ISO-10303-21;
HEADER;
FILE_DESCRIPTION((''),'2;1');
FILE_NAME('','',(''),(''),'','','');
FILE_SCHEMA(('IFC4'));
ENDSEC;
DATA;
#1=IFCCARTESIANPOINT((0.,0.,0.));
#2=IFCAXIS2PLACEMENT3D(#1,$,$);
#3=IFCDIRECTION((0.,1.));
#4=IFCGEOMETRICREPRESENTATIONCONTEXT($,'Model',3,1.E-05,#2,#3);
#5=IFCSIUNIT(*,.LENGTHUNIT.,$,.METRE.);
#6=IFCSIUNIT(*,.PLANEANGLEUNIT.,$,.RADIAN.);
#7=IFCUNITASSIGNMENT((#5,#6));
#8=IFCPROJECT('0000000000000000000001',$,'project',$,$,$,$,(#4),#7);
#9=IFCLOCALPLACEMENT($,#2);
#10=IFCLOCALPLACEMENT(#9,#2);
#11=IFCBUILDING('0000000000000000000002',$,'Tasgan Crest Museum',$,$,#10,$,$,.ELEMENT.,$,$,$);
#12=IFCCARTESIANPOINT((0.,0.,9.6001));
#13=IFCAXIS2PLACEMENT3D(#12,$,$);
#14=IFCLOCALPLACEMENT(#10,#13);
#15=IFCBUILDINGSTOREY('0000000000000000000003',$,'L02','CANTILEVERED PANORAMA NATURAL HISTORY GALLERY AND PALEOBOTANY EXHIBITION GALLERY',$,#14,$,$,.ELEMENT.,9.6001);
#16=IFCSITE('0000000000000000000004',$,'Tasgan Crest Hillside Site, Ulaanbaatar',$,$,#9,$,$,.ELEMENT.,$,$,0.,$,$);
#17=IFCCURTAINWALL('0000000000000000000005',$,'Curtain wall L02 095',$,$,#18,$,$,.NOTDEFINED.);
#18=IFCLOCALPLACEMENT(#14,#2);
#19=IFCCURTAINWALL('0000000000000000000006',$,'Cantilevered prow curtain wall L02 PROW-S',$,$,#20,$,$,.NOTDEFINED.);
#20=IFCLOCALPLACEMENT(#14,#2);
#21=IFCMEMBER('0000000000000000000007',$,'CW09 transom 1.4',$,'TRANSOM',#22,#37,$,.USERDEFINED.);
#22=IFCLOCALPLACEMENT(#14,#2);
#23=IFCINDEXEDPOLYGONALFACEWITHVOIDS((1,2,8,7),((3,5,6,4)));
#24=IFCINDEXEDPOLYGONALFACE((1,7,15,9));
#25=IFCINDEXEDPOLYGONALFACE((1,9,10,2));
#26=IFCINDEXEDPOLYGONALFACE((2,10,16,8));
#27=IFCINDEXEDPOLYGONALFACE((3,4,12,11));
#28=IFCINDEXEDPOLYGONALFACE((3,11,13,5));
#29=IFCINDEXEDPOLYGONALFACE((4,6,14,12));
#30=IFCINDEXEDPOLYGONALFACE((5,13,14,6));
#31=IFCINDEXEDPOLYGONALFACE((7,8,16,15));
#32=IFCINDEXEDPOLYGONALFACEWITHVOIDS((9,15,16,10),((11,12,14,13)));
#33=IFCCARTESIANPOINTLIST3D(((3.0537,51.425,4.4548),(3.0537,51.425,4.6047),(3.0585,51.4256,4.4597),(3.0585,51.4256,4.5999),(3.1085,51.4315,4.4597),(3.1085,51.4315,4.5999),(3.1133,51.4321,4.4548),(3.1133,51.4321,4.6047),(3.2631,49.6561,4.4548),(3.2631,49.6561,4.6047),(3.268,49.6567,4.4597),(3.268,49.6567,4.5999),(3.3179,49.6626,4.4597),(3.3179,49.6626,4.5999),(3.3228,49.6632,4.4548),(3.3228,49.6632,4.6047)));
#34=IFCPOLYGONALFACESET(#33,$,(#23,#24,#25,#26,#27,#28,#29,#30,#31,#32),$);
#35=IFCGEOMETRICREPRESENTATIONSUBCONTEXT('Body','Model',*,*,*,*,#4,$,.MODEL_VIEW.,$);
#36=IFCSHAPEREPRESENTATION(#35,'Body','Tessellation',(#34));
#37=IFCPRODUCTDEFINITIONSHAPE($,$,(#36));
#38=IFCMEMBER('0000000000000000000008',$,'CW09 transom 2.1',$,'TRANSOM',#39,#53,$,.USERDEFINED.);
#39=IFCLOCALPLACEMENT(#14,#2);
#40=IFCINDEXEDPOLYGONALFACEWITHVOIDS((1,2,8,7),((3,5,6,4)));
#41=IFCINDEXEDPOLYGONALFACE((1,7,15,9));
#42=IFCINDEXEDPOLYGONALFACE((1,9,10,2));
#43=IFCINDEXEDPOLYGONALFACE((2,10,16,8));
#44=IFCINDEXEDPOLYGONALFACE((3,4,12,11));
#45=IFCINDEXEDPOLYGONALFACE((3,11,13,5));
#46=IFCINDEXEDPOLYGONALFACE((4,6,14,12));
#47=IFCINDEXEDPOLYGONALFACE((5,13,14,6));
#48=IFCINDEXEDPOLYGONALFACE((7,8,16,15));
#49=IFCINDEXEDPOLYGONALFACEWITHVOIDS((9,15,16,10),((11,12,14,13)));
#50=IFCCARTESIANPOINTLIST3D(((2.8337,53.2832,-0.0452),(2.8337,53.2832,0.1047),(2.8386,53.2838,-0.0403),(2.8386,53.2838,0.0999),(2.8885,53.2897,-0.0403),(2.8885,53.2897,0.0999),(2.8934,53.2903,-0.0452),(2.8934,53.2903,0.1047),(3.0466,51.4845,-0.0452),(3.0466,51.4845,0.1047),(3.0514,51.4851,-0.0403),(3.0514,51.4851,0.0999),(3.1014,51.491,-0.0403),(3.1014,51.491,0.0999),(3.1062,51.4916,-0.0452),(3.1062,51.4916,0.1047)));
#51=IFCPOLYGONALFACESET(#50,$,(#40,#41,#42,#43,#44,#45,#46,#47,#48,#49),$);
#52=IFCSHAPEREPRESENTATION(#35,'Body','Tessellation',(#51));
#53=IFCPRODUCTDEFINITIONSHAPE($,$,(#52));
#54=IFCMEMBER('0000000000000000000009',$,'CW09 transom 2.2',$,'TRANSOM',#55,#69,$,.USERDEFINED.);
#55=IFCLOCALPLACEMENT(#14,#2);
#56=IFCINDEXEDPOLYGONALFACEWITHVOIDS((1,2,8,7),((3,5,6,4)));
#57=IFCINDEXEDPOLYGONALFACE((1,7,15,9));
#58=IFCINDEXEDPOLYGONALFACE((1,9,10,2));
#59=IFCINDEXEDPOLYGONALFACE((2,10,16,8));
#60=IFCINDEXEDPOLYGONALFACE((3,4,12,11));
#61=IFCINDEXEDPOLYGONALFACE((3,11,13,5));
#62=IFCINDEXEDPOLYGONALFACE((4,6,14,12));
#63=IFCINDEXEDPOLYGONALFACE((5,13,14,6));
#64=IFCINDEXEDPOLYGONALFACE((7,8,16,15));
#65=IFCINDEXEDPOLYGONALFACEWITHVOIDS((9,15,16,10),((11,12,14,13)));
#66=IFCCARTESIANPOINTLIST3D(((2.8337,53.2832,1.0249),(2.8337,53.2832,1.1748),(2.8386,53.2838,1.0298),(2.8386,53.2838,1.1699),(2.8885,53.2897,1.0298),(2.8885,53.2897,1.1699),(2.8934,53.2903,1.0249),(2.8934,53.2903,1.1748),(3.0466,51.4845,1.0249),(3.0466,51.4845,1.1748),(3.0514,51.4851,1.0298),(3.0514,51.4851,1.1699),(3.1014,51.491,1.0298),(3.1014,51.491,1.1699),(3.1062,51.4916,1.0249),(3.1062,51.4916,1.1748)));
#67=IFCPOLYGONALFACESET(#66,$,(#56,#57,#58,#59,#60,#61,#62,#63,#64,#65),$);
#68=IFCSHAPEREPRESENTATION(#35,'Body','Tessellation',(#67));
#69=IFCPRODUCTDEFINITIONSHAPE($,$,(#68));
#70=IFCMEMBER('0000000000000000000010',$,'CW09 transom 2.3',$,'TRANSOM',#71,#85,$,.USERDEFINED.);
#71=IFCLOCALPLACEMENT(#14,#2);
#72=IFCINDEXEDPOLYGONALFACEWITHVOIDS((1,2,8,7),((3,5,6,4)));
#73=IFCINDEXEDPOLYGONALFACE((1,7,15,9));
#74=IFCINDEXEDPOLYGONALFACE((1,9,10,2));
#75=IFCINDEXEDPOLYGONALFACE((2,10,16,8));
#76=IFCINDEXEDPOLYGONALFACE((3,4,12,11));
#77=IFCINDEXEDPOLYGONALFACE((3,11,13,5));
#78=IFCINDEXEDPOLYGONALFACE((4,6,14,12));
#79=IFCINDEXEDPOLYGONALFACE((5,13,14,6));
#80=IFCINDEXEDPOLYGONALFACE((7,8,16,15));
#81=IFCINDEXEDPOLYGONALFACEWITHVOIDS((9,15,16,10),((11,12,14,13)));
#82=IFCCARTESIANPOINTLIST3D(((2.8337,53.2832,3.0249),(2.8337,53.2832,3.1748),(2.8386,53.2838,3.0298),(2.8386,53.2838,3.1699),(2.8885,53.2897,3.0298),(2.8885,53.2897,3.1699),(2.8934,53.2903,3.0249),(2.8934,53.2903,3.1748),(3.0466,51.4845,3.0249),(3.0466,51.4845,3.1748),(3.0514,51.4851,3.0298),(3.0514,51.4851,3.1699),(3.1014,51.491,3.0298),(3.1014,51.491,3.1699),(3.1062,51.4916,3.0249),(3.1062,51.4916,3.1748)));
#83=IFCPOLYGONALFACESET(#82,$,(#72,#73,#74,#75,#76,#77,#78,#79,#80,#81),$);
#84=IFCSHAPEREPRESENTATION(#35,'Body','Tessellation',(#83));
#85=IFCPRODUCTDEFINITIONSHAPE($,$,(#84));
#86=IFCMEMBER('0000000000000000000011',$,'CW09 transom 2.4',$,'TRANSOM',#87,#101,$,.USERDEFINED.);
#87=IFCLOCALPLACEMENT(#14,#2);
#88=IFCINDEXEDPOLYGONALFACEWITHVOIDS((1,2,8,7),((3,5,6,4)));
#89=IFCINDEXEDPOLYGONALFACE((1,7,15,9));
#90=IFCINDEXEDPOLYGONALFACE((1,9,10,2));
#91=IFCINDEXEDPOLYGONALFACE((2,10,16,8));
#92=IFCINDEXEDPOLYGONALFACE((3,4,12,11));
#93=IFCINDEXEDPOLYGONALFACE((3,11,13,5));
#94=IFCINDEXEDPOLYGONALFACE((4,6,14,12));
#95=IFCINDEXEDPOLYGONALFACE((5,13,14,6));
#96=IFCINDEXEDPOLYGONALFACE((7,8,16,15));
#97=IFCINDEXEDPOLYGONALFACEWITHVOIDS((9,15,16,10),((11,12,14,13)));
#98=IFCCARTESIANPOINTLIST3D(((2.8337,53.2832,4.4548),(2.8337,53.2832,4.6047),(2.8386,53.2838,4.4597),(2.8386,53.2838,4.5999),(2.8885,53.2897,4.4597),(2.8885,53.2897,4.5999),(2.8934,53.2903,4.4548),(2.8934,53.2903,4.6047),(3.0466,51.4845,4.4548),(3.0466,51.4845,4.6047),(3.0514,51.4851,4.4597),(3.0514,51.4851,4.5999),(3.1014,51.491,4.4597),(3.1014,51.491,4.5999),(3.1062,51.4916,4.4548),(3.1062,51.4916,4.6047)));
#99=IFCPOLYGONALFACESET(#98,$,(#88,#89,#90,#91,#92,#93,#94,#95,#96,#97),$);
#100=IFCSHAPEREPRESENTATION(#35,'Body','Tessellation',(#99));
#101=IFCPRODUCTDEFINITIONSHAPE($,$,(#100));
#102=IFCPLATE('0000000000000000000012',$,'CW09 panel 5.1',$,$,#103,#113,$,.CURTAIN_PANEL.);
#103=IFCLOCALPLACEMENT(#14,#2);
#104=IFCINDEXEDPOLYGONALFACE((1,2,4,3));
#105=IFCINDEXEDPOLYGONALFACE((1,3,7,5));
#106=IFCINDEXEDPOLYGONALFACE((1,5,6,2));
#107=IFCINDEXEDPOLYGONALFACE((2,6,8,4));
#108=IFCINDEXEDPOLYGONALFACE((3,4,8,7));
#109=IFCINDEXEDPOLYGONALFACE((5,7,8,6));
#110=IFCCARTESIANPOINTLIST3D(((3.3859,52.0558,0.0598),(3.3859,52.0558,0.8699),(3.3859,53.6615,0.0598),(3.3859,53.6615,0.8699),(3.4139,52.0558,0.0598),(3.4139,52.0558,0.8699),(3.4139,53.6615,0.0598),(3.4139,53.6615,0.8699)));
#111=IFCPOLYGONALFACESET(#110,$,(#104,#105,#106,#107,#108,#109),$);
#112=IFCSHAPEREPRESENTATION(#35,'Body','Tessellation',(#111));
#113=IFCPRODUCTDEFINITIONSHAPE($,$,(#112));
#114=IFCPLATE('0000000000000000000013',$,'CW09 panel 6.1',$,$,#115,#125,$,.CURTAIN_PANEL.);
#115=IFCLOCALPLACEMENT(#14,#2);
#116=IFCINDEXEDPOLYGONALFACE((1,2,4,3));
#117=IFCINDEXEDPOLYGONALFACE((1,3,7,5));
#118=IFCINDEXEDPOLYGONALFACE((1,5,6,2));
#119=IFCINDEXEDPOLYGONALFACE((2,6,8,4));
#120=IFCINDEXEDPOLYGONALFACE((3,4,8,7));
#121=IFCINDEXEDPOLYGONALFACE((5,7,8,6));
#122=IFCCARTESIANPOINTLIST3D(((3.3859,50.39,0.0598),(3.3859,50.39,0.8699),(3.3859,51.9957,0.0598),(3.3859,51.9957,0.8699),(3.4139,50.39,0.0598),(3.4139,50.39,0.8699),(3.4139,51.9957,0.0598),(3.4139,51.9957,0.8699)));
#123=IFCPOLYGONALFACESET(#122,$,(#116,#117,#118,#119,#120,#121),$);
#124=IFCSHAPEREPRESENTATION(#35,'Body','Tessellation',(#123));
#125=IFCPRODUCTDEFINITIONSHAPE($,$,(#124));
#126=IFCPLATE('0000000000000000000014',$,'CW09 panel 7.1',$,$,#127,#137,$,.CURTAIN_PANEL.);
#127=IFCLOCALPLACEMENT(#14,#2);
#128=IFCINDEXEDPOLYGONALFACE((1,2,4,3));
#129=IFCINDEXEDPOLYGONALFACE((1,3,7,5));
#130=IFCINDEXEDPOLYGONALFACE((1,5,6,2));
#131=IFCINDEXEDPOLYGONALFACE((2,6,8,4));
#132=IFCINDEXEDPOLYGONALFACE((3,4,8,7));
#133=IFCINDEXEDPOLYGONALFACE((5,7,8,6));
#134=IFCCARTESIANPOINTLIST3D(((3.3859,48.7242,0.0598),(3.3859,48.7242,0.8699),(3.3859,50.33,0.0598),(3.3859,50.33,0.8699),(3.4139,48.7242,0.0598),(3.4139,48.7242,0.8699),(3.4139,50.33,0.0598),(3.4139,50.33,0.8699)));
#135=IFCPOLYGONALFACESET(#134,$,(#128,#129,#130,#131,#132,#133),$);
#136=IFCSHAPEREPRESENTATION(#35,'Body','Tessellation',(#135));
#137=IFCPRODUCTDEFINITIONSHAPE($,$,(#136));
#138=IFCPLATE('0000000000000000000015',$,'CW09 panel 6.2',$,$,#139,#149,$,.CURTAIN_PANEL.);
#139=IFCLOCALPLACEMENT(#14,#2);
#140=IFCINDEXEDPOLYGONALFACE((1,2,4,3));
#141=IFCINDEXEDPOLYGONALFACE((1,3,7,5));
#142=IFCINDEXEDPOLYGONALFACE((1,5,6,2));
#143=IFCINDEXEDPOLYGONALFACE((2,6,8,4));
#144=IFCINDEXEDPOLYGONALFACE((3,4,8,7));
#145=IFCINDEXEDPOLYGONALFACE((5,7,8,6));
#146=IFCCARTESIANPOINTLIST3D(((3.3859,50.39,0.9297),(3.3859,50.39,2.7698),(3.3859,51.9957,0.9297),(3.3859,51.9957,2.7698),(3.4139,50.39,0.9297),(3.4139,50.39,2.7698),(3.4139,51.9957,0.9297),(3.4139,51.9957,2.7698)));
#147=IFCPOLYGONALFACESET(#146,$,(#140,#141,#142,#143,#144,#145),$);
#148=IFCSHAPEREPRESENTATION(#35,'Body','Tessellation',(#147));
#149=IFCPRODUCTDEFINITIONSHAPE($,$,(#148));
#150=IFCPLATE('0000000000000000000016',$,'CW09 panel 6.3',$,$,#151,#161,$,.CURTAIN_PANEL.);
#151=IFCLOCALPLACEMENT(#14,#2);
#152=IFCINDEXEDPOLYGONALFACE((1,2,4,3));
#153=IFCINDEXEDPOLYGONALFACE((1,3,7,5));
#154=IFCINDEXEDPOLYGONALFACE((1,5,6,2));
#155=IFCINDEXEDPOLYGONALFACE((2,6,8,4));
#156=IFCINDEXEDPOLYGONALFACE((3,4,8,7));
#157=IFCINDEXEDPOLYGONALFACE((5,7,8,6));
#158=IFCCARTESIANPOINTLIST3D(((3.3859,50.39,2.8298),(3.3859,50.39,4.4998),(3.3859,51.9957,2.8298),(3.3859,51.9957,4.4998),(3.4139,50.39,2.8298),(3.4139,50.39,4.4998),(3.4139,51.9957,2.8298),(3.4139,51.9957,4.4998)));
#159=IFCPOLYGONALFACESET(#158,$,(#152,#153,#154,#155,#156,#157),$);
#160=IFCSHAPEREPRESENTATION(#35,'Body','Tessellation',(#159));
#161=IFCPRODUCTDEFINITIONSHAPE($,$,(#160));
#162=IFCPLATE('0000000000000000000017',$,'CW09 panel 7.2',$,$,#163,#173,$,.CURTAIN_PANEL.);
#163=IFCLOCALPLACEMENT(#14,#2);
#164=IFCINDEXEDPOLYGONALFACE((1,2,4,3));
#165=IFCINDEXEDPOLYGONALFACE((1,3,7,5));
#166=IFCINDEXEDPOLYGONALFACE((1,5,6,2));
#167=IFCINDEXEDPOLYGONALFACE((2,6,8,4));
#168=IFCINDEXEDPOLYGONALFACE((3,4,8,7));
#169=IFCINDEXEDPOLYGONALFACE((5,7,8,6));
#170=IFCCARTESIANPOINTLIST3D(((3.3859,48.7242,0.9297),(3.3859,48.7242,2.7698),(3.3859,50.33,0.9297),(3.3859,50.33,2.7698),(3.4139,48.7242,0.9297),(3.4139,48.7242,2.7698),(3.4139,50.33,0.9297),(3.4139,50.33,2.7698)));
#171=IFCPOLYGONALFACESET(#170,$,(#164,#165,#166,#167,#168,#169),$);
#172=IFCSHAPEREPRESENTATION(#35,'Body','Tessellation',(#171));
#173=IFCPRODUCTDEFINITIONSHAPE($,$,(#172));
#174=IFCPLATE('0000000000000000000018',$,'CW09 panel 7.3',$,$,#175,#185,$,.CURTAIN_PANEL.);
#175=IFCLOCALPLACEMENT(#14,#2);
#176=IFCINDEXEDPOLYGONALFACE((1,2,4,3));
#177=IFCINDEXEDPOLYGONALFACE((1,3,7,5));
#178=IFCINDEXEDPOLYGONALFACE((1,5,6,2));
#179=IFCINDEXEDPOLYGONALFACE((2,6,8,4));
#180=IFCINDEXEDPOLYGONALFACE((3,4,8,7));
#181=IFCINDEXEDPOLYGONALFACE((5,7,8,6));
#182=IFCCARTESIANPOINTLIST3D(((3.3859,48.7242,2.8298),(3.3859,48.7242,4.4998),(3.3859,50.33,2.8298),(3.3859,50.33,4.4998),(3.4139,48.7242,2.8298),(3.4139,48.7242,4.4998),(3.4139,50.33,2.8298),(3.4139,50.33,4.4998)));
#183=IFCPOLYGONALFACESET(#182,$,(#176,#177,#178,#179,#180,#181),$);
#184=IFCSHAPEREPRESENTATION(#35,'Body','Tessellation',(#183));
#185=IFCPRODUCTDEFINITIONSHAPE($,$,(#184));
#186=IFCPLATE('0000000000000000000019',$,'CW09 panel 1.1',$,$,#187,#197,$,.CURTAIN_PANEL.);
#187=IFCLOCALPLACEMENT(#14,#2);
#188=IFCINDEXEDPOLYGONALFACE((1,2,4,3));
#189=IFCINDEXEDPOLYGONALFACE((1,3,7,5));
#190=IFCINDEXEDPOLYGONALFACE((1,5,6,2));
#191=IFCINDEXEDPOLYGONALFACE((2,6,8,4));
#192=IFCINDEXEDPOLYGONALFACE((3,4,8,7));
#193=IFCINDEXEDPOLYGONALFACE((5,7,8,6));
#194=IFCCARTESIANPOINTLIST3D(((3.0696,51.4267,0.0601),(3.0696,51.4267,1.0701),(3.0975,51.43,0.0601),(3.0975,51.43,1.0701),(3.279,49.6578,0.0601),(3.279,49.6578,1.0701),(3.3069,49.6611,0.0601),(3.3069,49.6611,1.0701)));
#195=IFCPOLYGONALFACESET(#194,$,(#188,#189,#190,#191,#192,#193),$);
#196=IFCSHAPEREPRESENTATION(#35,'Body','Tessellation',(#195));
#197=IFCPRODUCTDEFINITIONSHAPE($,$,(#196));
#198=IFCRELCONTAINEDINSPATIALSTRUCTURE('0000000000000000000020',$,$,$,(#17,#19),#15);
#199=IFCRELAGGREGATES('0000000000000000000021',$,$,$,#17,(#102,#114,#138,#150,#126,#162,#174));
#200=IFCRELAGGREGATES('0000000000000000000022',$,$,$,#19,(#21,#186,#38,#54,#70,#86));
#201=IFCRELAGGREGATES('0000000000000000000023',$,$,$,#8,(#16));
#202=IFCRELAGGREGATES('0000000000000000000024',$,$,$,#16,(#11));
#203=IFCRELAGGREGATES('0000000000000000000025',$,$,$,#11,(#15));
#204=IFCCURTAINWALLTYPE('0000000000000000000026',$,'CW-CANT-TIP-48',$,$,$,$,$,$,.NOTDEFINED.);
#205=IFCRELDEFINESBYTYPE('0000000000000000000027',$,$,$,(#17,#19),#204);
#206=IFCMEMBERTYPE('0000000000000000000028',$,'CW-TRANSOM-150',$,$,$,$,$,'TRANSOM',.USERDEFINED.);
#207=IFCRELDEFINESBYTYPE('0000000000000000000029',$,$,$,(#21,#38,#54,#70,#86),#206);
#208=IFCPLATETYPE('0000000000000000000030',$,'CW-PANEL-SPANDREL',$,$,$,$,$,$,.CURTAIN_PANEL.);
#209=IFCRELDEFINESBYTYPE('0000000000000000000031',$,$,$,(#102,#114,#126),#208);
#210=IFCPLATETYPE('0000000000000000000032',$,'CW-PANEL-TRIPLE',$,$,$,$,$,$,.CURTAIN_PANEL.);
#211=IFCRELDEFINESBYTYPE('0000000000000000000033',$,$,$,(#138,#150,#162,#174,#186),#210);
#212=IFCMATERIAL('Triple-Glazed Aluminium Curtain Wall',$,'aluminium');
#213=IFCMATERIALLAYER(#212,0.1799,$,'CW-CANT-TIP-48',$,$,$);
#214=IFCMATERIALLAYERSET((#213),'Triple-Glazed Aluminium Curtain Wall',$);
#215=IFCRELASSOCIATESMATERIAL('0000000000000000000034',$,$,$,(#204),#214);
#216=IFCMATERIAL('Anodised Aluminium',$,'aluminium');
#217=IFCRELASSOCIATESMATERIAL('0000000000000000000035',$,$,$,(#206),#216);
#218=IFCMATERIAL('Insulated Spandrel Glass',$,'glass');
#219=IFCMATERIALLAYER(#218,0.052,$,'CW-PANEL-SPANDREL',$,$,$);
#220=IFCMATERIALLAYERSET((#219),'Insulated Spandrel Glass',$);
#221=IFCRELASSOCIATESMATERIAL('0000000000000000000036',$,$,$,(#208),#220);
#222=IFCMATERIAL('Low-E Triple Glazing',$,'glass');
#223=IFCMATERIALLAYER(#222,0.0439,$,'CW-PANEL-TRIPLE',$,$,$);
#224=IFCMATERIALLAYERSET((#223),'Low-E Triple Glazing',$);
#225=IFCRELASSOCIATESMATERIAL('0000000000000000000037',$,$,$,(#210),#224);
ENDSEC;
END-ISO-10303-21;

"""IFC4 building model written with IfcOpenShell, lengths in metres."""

from ifc_helpers import new_model, si_unit, direction, frame, origin, origin_2d, place, context, subcontext, project, spatial, rectangle, hollow_rectangle, extrude, material, layer, layer_set, material_profile, profile_set, type_object, element, aggregate, save


model = new_model("IFC4")

# Units and contexts
model_context = context("Model", 3, precision=1e-05, world=origin(), true_north=direction((0.0, 1.0)))
body_context = subcontext(model_context, "Body", "Model", "MODEL_VIEW")
ifc_project = project(units=[si_unit("LENGTHUNIT", "METRE"), si_unit("PLANEANGLEUNIT", "RADIAN")], contexts=[model_context])

# Site, building, storey
site_placement = place(None, origin())
site = spatial("IfcSite", under=ifc_project, at=site_placement, Name="Tasgan Crest Hillside Site, Ulaanbaatar", CompositionType="ELEMENT", RefElevation=0.0)
building_placement = place(site_placement, origin())
building = spatial("IfcBuilding", under=site, at=building_placement, Name="Tasgan Crest Museum", CompositionType="ELEMENT")
storey_placement = place(building_placement, frame((0.0, 0.0, 9.6001)))
storey = spatial("IfcBuildingStorey", under=building, at=storey_placement, Name="L02", Description="CANTILEVERED PANORAMA NATURAL HISTORY GALLERY AND PALEOBOTANY EXHIBITION GALLERY", CompositionType="ELEMENT", Elevation=9.6001)

# Curtain walls
ifc_material_1 = material(Name="Triple-Glazed Aluminium Curtain Wall", Category="aluminium")
ifc_layer_1 = layer(ifc_material_1, 0.1799, Name="CW-CANT-TIP-48")
ifc_layer_set_1 = layer_set([ifc_layer_1], Name="Triple-Glazed Aluminium Curtain Wall")
curtain_wall_type = type_object("IfcCurtainWallType", Name="CW-CANT-TIP-48", PredefinedType="NOTDEFINED", material=ifc_layer_set_1)
curtain_wall_1_placement = place(storey_placement, origin())
curtain_wall_1 = element("IfcCurtainWall", 1, at=curtain_wall_1_placement, inside=storey, type_object=curtain_wall_type, Name="Curtain wall L02 095", PredefinedType="NOTDEFINED")
curtain_wall_2_placement = place(storey_placement, origin())
curtain_wall_2 = element("IfcCurtainWall", 2, at=curtain_wall_2_placement, inside=storey, type_object=curtain_wall_type, Name="Cantilevered prow curtain wall L02 PROW-S", PredefinedType="NOTDEFINED")

# Members
ifc_material_2 = material(Name="Anodised Aluminium", Category="aluminium")
ifc_material_profile_1 = material_profile(ifc_material_2, hollow_rectangle(XDim=0.0601, YDim=0.1499, WallThickness=0.0049, at=origin_2d()), Name="ALU TRANSOM 150x60x5")
ifc_profile_set_1 = profile_set([ifc_material_profile_1], Name="Anodised Aluminium")
member_type_1 = type_object("IfcMemberType", Name="CW-TRANSOM-150", ElementType="TRANSOM", PredefinedType="USERDEFINED", material=ifc_profile_set_1)
member_1_placement = place(storey_placement, frame((3.293, 49.6597, 4.5298), z_axis=(-0.117605, 0.99306, 0.0), x_axis=(-0.99306, -0.117605, 0.0)))
member_1 = element("IfcMember", 3, at=member_1_placement, type_object=member_type_1, Name="CW09 transom 1.4", ObjectType="TRANSOM", PredefinedType="USERDEFINED", context=body_context, shape_type="SweptSolid", body=[
    extrude(hollow_rectangle(XDim=0.0601, YDim=0.1499, WallThickness=0.0049, at=origin_2d()), origin(), (0.0, 0.0, 1.0), 1.7812),
])
member_2_placement = place(storey_placement, frame((3.0764, 51.488, 0.0298), z_axis=(-0.117529, 0.993069, 0.0), x_axis=(-0.993069, -0.117529, 0.0)))
member_2 = element("IfcMember", 4, at=member_2_placement, type_object=member_type_1, Name="CW09 transom 2.1", ObjectType="TRANSOM", PredefinedType="USERDEFINED", context=body_context, shape_type="SweptSolid", body=[
    extrude(hollow_rectangle(XDim=0.0601, YDim=0.1499, WallThickness=0.0049, at=origin_2d()), origin(), (0.0, 0.0, 1.0), 1.8113),
])
member_3_placement = place(storey_placement, frame((3.0764, 51.488, 1.0999), z_axis=(-0.117529, 0.993069, 0.0), x_axis=(-0.993069, -0.117529, 0.0)))
member_3 = element("IfcMember", 5, at=member_3_placement, type_object=member_type_1, Name="CW09 transom 2.2", ObjectType="TRANSOM", PredefinedType="USERDEFINED", context=body_context, shape_type="SweptSolid", body=[
    extrude(hollow_rectangle(XDim=0.0601, YDim=0.1499, WallThickness=0.0049, at=origin_2d()), origin(), (0.0, 0.0, 1.0), 1.8113),
])
member_4_placement = place(storey_placement, frame((3.0764, 51.488, 3.0999), z_axis=(-0.117529, 0.993069, 0.0), x_axis=(-0.993069, -0.117529, 0.0)))
member_4 = element("IfcMember", 6, at=member_4_placement, type_object=member_type_1, Name="CW09 transom 2.3", ObjectType="TRANSOM", PredefinedType="USERDEFINED", context=body_context, shape_type="SweptSolid", body=[
    extrude(hollow_rectangle(XDim=0.0601, YDim=0.1499, WallThickness=0.0049, at=origin_2d()), origin(), (0.0, 0.0, 1.0), 1.8113),
])
member_5_placement = place(storey_placement, frame((3.0764, 51.488, 4.5298), z_axis=(-0.117529, 0.993069, 0.0), x_axis=(-0.993069, -0.117529, 0.0)))
member_5 = element("IfcMember", 7, at=member_5_placement, type_object=member_type_1, Name="CW09 transom 2.4", ObjectType="TRANSOM", PredefinedType="USERDEFINED", context=body_context, shape_type="SweptSolid", body=[
    extrude(hollow_rectangle(XDim=0.0601, YDim=0.1499, WallThickness=0.0049, at=origin_2d()), origin(), (0.0, 0.0, 1.0), 1.8113),
])

# Plates
ifc_material_3 = material(Name="Insulated Spandrel Glass", Category="glass")
ifc_layer_2 = layer(ifc_material_3, 0.052, Name="CW-PANEL-SPANDREL")
ifc_layer_set_2 = layer_set([ifc_layer_2], Name="Insulated Spandrel Glass")
plate_type_1 = type_object("IfcPlateType", Name="CW-PANEL-SPANDREL", PredefinedType="CURTAIN_PANEL", material=ifc_layer_set_2)
plate_1_placement = place(storey_placement, frame((3.3999, 52.8586, 0.0598), z_axis=(0.0, 0.0, 1.0), x_axis=(0.0, -1.0, 0.0)))
plate_1 = element("IfcPlate", 8, at=plate_1_placement, type_object=plate_type_1, Name="CW09 panel 5.1", PredefinedType="CURTAIN_PANEL", context=body_context, shape_type="SweptSolid", body=[
    extrude(rectangle(XDim=1.6057, YDim=0.0281, at=origin_2d()), origin(), (0.0, 0.0, 1.0), 0.8101),
])
plate_2_placement = place(storey_placement, frame((3.3999, 51.1929, 0.0598), z_axis=(0.0, 0.0, 1.0), x_axis=(0.0, -1.0, 0.0)))
plate_2 = element("IfcPlate", 9, at=plate_2_placement, type_object=plate_type_1, Name="CW09 panel 6.1", PredefinedType="CURTAIN_PANEL", context=body_context, shape_type="SweptSolid", body=[
    extrude(rectangle(XDim=1.6057, YDim=0.0281, at=origin_2d()), origin(), (0.0, 0.0, 1.0), 0.8101),
])
plate_3_placement = place(storey_placement, frame((3.3999, 49.5271, 0.0598), z_axis=(0.0, 0.0, 1.0), x_axis=(0.0, -1.0, 0.0)))
plate_3 = element("IfcPlate", 10, at=plate_3_placement, type_object=plate_type_1, Name="CW09 panel 7.1", PredefinedType="CURTAIN_PANEL", context=body_context, shape_type="SweptSolid", body=[
    extrude(rectangle(XDim=1.6057, YDim=0.0281, at=origin_2d()), origin(), (0.0, 0.0, 1.0), 0.8101),
])
ifc_material_4 = material(Name="Low-E Triple Glazing", Category="glass")
ifc_layer_3 = layer(ifc_material_4, 0.0439, Name="CW-PANEL-TRIPLE")
ifc_layer_set_3 = layer_set([ifc_layer_3], Name="Low-E Triple Glazing")
plate_type_2 = type_object("IfcPlateType", Name="CW-PANEL-TRIPLE", PredefinedType="CURTAIN_PANEL", material=ifc_layer_set_3)
plate_4_placement = place(storey_placement, frame((3.3999, 51.1929, 0.9297), z_axis=(0.0, 0.0, 1.0), x_axis=(0.0, -1.0, 0.0)))
plate_4 = element("IfcPlate", 11, at=plate_4_placement, type_object=plate_type_2, Name="CW09 panel 6.2", PredefinedType="CURTAIN_PANEL", context=body_context, shape_type="SweptSolid", body=[
    extrude(rectangle(XDim=1.6057, YDim=0.0281, at=origin_2d()), origin(), (0.0, 0.0, 1.0), 1.8401),
])
plate_5_placement = place(storey_placement, frame((3.3999, 51.1929, 2.8298), z_axis=(0.0, 0.0, 1.0), x_axis=(0.0, -1.0, 0.0)))
plate_5 = element("IfcPlate", 12, at=plate_5_placement, type_object=plate_type_2, Name="CW09 panel 6.3", PredefinedType="CURTAIN_PANEL", context=body_context, shape_type="SweptSolid", body=[
    extrude(rectangle(XDim=1.6057, YDim=0.0281, at=origin_2d()), origin(), (0.0, 0.0, 1.0), 1.6699),
])
plate_6_placement = place(storey_placement, frame((3.3999, 49.5271, 0.9297), z_axis=(0.0, 0.0, 1.0), x_axis=(0.0, -1.0, 0.0)))
plate_6 = element("IfcPlate", 13, at=plate_6_placement, type_object=plate_type_2, Name="CW09 panel 7.2", PredefinedType="CURTAIN_PANEL", context=body_context, shape_type="SweptSolid", body=[
    extrude(rectangle(XDim=1.6057, YDim=0.0281, at=origin_2d()), origin(), (0.0, 0.0, 1.0), 1.8401),
])
plate_7_placement = place(storey_placement, frame((3.3999, 49.5271, 2.8298), z_axis=(0.0, 0.0, 1.0), x_axis=(0.0, -1.0, 0.0)))
plate_7 = element("IfcPlate", 14, at=plate_7_placement, type_object=plate_type_2, Name="CW09 panel 7.3", PredefinedType="CURTAIN_PANEL", context=body_context, shape_type="SweptSolid", body=[
    extrude(rectangle(XDim=1.6057, YDim=0.0281, at=origin_2d()), origin(), (0.0, 0.0, 1.0), 1.6699),
])
aggregate(curtain_wall_1, [plate_1, plate_2, plate_4, plate_5, plate_3, plate_6, plate_7])
plate_8_placement = place(storey_placement, frame((3.1882, 50.5439, 0.0601), z_axis=(0.0, 0.0, 1.0), x_axis=(-0.117565, 0.993065, 0.0)))
plate_8 = element("IfcPlate", 15, at=plate_8_placement, type_object=plate_type_2, Name="CW09 panel 1.1", PredefinedType="CURTAIN_PANEL", context=body_context, shape_type="SweptSolid", body=[
    extrude(rectangle(XDim=1.7812, YDim=0.0281, at=origin_2d()), origin(), (0.0, 0.0, 1.0), 1.01),
])
aggregate(curtain_wall_2, [member_1, plate_8, member_2, member_3, member_4, member_5])

save(model, "model.ifc")
